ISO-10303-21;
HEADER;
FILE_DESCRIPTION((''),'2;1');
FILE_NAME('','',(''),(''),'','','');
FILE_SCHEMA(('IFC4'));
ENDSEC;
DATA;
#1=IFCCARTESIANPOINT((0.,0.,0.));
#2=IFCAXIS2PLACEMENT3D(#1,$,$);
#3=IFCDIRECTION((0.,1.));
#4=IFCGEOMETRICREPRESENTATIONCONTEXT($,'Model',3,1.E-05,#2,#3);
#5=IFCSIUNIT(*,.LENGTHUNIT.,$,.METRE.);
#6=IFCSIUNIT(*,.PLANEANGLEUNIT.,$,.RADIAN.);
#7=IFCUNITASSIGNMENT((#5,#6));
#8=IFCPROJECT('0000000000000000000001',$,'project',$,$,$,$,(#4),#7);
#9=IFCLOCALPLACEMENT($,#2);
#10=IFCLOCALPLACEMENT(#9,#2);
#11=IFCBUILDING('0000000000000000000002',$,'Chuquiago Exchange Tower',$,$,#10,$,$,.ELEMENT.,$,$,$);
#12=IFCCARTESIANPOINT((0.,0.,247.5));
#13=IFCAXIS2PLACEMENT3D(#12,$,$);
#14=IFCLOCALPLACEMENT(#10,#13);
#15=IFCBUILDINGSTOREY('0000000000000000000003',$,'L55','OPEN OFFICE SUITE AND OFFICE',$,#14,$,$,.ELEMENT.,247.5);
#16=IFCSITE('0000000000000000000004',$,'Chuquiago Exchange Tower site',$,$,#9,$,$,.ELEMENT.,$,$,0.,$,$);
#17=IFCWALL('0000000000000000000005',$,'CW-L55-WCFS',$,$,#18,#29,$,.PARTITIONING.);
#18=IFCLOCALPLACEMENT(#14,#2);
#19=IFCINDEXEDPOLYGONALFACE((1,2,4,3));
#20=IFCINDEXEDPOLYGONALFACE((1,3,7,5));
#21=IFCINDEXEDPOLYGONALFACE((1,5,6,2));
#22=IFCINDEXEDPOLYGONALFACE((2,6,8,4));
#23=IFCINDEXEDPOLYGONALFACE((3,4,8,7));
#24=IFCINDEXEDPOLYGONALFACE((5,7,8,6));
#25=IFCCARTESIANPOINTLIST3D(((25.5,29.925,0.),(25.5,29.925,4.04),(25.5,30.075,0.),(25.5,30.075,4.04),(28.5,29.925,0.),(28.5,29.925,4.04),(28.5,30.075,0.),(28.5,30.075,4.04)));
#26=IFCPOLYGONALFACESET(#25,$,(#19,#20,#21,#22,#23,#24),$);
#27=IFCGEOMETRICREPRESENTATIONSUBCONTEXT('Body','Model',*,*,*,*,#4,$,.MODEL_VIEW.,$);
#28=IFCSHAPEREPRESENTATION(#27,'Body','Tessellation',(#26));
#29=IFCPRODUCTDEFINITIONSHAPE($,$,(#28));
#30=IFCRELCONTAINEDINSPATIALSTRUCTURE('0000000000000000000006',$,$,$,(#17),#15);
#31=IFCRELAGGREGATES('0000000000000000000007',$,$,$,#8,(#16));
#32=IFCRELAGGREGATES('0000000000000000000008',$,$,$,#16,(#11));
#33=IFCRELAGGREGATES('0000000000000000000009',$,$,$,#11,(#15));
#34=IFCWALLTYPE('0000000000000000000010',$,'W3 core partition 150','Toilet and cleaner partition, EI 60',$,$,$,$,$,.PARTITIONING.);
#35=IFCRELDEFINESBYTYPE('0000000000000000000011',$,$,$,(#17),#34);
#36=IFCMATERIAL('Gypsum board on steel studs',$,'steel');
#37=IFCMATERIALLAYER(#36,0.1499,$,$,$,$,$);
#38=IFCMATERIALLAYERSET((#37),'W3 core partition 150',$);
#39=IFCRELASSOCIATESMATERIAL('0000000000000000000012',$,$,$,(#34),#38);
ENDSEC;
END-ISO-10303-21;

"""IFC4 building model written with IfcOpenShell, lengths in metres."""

from ifc_helpers import new_model, si_unit, direction, frame, frame_2d, origin, place, context, subcontext, project, spatial, rectangle, extrude, material, layer, layer_set, type_object, element, save


model = new_model("IFC4")

# Units and contexts
model_context = context("Model", 3, precision=1e-05, world=origin(), true_north=direction((0.0, 1.0)))
body_context = subcontext(model_context, "Body", "Model", "MODEL_VIEW")
ifc_project = project(units=[si_unit("LENGTHUNIT", "METRE"), si_unit("PLANEANGLEUNIT", "RADIAN")], contexts=[model_context])

# Site, building, storey
site_placement = place(None, origin())
site = spatial("IfcSite", under=ifc_project, at=site_placement, Name="Chuquiago Exchange Tower site", CompositionType="ELEMENT", RefElevation=0.0)
building_placement = place(site_placement, origin())
building = spatial("IfcBuilding", under=site, at=building_placement, Name="Chuquiago Exchange Tower", CompositionType="ELEMENT")
storey_placement = place(building_placement, frame((0.0, 0.0, 247.5)))
storey = spatial("IfcBuildingStorey", under=building, at=storey_placement, Name="L55", Description="OPEN OFFICE SUITE AND OFFICE", CompositionType="ELEMENT", Elevation=247.5)

# Shared definitions
ifc_material_1 = material(Name="Gypsum board on steel studs", Category="steel")
ifc_layer_1 = layer(ifc_material_1, 0.1499)
ifc_layer_set_1 = layer_set([ifc_layer_1], Name="W3 core partition 150")
wall_type_1 = type_object("IfcWallType", Name="W3 core partition 150", Description="Toilet and cleaner partition, EI 60", PredefinedType="PARTITIONING", material=ifc_layer_set_1)

# Wall
wall_1_placement = place(storey_placement, frame((25.5, 30.0, 0.0), z_axis=(0.0, 0.0, 1.0), x_axis=(1.0, 0.0, 0.0)))
element("IfcWall", 1, at=wall_1_placement, inside=storey, type_object=wall_type_1, Name="CW-L55-WCFS", PredefinedType="PARTITIONING", context=body_context, shape_type="SweptSolid", body=[
    extrude(rectangle(XDim=3.0, YDim=0.1499, at=frame_2d((1.5, 0.0))), origin(), (0.0, 0.0, 1.0), 4.04),
])

save(model, "model.ifc")
